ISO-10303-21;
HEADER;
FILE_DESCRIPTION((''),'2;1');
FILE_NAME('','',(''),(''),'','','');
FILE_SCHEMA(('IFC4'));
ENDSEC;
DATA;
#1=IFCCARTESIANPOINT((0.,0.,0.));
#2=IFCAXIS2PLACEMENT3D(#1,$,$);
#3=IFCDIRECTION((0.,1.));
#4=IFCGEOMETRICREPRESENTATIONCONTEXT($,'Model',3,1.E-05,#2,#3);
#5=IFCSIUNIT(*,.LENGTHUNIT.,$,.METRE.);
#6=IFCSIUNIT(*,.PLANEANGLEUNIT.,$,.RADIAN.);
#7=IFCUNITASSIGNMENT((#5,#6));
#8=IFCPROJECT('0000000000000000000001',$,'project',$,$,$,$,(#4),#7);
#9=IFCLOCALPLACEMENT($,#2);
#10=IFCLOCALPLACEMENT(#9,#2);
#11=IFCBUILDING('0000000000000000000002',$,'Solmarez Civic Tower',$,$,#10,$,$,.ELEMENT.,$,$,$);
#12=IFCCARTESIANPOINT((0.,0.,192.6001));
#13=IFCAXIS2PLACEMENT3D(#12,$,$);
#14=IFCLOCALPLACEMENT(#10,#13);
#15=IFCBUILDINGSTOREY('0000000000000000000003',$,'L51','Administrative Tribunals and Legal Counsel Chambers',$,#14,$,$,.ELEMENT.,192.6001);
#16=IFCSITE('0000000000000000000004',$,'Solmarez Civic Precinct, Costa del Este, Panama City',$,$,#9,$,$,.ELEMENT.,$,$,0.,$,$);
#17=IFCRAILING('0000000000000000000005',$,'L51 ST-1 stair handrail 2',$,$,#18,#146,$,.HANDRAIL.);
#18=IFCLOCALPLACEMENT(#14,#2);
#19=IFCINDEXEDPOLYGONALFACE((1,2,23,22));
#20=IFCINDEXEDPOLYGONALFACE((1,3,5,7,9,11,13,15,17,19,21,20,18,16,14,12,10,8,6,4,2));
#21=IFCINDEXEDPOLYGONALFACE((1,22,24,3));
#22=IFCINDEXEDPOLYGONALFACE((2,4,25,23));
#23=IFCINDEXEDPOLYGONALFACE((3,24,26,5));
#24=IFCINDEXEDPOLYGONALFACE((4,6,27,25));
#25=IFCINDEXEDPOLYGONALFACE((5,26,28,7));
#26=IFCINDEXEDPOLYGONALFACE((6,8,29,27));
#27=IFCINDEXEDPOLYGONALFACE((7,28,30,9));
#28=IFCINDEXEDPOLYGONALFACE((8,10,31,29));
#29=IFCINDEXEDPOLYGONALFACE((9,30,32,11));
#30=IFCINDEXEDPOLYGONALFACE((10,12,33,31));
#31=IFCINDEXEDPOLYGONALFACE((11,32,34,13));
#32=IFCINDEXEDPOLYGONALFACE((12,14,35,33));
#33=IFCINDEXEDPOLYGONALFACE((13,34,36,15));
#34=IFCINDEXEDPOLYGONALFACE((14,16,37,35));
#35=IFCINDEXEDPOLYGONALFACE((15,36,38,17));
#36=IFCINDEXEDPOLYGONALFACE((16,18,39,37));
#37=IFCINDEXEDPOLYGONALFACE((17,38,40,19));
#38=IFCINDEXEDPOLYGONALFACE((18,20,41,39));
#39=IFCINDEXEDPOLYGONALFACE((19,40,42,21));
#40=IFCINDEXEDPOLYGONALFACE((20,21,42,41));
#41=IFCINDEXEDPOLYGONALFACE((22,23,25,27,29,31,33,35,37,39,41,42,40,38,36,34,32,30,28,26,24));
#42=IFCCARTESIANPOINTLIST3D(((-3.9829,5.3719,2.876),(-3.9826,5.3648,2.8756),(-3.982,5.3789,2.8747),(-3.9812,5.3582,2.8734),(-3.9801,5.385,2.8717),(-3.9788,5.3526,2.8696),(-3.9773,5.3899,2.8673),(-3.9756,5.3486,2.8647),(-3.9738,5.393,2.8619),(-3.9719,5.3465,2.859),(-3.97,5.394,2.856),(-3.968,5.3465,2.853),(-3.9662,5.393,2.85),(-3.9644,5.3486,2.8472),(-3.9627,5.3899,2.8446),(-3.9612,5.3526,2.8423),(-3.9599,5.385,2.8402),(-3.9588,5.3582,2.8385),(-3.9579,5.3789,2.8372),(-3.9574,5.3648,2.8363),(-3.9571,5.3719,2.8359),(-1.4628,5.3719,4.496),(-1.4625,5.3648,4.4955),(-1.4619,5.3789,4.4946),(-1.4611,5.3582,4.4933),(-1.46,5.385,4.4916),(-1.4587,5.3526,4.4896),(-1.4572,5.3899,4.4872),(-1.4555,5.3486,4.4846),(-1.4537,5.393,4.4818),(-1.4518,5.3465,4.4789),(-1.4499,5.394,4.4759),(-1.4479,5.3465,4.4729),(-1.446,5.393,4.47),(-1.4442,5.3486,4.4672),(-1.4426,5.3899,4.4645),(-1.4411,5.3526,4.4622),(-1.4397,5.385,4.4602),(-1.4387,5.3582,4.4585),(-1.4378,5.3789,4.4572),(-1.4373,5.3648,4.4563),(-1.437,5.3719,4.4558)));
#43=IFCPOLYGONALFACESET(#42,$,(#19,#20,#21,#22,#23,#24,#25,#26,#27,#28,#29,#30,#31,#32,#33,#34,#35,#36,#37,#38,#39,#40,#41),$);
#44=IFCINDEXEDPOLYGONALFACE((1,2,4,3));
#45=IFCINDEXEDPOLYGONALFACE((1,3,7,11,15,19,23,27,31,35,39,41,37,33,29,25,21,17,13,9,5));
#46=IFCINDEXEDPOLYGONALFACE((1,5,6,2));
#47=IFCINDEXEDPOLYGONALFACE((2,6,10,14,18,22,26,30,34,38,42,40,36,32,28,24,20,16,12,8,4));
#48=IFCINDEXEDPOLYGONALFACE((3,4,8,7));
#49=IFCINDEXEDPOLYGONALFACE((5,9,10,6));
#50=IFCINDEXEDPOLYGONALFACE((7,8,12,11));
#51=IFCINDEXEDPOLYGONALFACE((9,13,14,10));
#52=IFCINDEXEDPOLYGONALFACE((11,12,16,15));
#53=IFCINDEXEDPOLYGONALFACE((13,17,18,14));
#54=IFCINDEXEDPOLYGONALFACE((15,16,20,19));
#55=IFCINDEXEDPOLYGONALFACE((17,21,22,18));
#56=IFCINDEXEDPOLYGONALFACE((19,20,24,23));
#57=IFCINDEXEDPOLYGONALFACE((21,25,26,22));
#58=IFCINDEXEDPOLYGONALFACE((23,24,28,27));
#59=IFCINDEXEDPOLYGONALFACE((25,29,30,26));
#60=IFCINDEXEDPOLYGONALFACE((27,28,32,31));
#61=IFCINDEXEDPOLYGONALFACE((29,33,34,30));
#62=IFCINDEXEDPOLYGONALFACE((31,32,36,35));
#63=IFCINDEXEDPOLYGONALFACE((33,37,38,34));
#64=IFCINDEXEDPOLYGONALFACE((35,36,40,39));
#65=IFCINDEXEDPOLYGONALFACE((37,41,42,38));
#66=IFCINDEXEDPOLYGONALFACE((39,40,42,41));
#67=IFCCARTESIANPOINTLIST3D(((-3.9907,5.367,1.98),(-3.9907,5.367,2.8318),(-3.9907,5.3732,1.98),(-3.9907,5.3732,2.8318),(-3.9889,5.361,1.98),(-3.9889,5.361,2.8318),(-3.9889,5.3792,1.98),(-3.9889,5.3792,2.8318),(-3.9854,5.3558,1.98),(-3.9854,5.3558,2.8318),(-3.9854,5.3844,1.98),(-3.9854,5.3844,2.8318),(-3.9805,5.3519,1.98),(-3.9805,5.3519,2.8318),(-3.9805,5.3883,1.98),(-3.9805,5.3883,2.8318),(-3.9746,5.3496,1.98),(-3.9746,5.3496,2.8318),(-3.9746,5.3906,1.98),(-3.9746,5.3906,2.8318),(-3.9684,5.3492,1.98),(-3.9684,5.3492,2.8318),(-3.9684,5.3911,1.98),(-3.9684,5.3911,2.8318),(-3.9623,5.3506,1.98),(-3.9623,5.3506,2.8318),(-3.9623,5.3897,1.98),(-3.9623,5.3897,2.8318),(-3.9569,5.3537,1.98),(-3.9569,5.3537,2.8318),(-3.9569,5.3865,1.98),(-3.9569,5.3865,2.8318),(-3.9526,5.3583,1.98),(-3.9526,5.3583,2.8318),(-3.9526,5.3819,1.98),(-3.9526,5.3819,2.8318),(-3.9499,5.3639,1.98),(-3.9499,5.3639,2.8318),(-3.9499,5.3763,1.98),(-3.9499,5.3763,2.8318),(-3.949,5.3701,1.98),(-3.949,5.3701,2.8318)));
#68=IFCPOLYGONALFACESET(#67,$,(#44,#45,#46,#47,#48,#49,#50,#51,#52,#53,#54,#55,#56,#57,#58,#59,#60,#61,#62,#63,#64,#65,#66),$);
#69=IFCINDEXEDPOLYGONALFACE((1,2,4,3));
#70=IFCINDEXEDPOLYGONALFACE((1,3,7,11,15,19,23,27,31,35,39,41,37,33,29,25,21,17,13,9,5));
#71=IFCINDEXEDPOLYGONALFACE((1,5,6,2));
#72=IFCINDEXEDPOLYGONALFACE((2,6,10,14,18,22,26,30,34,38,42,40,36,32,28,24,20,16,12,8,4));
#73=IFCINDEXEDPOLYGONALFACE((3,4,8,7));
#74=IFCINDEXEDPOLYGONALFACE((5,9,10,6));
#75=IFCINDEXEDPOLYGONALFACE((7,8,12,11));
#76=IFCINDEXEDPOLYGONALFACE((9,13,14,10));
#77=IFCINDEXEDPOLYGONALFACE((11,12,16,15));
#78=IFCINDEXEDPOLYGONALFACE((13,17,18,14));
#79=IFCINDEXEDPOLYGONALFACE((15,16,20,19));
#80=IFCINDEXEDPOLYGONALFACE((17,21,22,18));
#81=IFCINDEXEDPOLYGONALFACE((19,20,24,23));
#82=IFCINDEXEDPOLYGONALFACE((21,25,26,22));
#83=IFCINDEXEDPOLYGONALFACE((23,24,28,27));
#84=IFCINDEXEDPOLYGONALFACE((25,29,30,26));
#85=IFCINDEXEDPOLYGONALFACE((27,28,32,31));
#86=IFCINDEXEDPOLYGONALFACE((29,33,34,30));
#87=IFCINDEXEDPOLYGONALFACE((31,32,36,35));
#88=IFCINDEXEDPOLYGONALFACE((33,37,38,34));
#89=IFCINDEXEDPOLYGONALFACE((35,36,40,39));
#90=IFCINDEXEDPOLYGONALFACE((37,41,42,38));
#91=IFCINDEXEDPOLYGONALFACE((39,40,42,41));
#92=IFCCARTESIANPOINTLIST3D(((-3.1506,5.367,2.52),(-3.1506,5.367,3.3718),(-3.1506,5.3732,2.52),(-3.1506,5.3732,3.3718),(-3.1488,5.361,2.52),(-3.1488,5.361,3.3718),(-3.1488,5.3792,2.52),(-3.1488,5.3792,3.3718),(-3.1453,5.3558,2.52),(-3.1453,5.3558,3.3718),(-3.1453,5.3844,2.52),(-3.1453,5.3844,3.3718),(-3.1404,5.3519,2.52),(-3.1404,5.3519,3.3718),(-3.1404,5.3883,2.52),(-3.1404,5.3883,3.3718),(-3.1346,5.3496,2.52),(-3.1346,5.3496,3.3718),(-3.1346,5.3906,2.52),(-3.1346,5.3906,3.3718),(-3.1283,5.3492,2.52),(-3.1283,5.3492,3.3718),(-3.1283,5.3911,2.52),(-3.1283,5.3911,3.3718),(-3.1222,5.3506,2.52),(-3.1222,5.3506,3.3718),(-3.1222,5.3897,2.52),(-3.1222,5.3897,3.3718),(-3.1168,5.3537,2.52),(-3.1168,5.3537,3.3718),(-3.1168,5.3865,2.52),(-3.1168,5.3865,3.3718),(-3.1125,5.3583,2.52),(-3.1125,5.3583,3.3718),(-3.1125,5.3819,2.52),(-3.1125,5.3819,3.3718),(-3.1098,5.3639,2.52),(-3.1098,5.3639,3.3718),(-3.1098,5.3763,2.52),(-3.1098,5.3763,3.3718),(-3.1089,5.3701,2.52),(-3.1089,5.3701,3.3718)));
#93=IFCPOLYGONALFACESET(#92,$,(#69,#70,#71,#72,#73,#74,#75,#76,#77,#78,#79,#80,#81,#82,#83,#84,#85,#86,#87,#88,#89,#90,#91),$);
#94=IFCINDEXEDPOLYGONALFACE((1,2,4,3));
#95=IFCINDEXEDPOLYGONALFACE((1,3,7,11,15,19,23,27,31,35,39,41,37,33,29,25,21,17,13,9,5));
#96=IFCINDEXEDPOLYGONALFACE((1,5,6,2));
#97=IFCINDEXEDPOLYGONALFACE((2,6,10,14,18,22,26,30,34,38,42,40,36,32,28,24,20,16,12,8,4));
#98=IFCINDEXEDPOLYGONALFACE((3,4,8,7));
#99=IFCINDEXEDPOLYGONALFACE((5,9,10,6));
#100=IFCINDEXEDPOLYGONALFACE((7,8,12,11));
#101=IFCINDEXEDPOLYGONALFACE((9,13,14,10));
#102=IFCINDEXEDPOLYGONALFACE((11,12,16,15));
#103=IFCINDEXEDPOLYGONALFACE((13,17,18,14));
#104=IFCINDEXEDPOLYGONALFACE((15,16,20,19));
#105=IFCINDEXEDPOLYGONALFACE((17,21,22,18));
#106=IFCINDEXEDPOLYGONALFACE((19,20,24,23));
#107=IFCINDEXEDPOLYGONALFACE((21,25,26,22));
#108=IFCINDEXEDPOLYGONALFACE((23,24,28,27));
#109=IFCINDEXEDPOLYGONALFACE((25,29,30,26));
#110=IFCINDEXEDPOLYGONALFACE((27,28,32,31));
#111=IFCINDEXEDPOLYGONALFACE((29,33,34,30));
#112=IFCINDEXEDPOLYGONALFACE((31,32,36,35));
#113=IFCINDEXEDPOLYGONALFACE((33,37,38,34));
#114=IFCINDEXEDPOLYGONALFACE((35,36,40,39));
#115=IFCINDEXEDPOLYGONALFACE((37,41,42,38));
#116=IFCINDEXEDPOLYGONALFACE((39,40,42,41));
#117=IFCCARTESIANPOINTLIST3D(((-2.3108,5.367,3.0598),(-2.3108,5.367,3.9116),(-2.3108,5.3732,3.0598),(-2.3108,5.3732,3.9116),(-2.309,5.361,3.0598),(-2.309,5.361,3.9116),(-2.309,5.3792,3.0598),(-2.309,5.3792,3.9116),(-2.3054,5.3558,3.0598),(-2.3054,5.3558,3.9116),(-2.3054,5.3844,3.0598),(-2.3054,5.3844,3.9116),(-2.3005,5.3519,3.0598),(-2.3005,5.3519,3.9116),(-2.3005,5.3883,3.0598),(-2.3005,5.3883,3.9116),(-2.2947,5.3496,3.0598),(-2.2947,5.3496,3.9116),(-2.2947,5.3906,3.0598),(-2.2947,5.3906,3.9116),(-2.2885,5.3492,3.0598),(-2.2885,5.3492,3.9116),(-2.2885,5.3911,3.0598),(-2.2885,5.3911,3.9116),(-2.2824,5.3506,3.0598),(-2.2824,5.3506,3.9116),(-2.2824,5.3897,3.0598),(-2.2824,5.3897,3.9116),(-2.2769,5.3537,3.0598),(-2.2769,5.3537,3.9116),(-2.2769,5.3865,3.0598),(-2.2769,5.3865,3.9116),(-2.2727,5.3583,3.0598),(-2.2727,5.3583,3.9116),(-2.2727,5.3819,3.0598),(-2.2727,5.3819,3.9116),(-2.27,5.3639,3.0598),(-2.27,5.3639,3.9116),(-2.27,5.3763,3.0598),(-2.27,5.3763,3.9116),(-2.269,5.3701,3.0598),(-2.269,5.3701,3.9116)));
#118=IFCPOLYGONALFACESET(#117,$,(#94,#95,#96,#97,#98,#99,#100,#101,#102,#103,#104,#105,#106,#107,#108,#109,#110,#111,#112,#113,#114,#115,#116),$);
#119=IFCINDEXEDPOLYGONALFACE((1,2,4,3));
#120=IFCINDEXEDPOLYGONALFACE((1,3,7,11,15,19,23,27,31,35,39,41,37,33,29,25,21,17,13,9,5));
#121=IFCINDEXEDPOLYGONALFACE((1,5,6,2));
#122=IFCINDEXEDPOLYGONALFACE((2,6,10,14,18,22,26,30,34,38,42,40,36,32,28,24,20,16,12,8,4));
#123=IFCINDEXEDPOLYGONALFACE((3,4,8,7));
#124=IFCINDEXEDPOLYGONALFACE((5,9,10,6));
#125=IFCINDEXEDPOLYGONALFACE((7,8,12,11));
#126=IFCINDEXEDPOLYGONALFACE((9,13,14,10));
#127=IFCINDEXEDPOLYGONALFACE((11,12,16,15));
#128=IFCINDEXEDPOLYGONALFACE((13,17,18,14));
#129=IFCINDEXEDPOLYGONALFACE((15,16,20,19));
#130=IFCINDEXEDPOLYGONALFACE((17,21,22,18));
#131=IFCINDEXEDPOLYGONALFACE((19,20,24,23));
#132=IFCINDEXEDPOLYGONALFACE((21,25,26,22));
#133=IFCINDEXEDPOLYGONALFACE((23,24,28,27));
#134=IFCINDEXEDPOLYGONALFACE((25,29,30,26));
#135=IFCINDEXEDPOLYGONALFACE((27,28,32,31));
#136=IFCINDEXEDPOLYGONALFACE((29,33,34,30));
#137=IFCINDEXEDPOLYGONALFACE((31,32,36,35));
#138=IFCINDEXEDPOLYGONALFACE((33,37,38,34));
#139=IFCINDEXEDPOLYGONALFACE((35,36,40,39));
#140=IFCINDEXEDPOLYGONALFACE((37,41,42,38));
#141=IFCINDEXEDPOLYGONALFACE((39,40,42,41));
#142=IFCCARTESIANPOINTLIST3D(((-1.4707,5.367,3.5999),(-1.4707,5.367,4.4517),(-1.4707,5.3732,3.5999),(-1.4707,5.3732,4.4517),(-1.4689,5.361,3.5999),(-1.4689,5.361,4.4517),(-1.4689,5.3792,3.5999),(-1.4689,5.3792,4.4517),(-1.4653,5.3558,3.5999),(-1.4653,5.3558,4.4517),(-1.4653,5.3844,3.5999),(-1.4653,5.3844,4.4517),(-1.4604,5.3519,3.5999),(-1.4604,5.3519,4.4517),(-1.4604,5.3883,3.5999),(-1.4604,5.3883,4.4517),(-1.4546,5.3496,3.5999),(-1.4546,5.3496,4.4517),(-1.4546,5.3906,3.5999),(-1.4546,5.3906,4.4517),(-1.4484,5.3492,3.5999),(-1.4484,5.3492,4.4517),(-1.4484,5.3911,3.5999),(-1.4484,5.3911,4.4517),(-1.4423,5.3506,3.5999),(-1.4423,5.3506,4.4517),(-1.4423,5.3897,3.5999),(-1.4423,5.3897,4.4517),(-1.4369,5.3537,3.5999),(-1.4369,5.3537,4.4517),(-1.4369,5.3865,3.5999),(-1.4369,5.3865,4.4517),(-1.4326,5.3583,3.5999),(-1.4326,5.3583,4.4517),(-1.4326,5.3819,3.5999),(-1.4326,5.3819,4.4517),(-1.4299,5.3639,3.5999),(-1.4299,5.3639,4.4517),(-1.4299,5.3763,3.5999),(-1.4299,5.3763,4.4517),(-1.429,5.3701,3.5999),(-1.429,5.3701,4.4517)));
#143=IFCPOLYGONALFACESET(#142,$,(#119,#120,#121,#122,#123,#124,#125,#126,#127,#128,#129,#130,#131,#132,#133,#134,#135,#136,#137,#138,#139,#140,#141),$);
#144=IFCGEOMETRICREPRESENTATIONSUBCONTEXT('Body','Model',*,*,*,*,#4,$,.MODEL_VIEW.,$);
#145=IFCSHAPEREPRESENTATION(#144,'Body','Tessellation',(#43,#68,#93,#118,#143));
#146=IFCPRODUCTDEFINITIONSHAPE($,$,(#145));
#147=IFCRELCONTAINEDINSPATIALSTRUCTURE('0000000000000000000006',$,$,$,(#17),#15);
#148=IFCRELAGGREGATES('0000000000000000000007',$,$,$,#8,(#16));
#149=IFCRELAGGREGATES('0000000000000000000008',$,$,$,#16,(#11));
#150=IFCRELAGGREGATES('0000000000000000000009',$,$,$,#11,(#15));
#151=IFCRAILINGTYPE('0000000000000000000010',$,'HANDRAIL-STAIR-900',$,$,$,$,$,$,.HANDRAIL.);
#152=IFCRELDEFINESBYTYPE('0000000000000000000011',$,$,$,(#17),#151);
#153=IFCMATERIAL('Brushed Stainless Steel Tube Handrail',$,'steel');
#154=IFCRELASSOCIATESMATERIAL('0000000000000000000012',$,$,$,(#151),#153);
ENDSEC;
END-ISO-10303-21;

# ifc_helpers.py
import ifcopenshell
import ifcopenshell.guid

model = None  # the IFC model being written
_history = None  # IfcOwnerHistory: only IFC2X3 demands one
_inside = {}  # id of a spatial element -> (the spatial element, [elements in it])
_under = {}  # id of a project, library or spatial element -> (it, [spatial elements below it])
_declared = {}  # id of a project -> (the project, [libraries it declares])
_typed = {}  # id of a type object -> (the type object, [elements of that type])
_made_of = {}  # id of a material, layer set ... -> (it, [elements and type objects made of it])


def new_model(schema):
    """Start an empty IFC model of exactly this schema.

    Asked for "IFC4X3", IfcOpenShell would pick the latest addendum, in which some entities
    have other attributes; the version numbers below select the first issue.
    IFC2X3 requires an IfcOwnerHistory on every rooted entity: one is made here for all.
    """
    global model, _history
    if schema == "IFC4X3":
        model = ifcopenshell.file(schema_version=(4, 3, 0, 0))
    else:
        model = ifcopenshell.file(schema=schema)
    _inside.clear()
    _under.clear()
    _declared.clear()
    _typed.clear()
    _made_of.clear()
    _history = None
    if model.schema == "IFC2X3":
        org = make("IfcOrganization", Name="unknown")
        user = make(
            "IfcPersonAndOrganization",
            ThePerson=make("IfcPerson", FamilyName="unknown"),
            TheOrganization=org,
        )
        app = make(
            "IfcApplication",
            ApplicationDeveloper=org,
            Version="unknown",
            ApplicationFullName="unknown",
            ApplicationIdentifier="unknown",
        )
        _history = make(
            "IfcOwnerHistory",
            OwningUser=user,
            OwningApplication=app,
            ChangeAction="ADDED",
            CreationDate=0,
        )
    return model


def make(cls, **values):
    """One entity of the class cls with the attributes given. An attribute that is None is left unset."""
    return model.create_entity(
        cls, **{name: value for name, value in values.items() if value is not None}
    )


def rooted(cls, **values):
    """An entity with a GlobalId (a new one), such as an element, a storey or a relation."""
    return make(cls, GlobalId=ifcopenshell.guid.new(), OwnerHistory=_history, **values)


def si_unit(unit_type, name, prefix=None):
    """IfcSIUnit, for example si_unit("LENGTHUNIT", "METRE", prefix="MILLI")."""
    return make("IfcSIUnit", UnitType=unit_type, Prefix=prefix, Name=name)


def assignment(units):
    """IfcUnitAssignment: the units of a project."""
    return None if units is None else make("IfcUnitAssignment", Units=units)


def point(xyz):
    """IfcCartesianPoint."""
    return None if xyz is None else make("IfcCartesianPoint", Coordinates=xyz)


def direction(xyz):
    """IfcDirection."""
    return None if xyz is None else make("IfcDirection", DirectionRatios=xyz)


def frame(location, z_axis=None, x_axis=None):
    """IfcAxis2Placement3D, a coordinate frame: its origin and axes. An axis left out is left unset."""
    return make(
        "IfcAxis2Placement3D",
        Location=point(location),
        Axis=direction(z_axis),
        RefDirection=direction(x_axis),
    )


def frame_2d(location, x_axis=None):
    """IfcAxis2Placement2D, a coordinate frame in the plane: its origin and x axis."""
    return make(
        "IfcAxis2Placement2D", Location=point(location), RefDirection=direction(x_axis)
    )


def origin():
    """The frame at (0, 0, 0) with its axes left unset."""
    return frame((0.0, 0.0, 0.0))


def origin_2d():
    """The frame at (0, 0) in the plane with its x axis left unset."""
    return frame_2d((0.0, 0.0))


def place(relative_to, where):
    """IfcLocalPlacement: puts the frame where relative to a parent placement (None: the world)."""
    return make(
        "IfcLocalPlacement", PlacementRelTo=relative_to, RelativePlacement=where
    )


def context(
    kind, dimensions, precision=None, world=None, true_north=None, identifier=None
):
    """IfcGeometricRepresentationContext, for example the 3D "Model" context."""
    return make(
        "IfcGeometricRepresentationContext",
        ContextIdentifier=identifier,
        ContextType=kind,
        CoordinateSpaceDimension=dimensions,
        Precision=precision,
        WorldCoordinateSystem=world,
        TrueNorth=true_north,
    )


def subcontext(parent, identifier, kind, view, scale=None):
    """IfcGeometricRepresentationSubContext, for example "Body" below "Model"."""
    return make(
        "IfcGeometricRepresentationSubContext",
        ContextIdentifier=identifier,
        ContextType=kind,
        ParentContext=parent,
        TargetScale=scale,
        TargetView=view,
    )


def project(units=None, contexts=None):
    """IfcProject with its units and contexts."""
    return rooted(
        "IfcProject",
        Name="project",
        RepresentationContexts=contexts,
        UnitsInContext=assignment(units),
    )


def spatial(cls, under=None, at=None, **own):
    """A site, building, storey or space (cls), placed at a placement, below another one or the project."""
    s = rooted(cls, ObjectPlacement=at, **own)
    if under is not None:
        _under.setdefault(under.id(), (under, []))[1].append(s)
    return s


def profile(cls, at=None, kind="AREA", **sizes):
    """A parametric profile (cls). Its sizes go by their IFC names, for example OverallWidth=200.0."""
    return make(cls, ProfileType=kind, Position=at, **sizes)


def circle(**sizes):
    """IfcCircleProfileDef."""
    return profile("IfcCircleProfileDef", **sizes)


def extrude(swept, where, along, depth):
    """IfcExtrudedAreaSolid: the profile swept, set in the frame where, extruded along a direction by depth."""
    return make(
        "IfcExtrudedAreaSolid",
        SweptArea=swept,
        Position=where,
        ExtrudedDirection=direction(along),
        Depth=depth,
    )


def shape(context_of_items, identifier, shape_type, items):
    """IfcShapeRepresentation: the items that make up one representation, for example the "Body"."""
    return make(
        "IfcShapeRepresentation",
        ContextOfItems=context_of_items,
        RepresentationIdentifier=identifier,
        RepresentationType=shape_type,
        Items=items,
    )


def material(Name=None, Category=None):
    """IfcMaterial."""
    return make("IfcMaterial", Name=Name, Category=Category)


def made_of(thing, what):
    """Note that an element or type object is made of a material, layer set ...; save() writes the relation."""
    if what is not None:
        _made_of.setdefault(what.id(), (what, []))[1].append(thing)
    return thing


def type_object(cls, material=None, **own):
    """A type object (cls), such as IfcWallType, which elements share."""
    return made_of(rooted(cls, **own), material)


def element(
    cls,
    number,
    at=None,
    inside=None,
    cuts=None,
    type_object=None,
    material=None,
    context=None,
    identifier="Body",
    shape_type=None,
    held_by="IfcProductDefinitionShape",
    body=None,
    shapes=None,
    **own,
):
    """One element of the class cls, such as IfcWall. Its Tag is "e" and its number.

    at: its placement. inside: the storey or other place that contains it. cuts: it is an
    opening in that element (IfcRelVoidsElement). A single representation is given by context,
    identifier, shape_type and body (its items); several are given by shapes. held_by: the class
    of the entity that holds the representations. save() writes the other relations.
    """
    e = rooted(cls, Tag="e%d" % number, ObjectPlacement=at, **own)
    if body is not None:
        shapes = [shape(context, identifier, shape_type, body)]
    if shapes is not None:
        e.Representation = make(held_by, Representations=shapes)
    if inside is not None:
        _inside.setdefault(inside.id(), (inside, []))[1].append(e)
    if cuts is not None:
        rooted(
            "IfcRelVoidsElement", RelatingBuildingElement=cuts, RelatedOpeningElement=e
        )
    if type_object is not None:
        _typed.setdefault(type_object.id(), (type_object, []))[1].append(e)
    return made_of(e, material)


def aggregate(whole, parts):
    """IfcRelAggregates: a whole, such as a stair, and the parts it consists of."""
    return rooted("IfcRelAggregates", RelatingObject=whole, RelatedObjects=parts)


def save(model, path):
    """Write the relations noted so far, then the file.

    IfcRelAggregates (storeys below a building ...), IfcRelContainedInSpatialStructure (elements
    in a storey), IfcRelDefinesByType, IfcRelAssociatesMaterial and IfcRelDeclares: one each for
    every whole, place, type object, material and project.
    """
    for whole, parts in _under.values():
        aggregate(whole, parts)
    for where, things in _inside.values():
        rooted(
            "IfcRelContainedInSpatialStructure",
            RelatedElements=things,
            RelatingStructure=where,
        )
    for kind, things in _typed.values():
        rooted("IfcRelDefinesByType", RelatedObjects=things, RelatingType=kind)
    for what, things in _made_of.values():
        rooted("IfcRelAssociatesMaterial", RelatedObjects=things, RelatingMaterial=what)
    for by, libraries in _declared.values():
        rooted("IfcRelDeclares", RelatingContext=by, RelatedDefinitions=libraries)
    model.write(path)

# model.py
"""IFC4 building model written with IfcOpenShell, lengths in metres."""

from ifc_helpers import new_model, si_unit, direction, frame, origin, origin_2d, place, context, subcontext, project, spatial, circle, extrude, material, type_object, element, save


model = new_model("IFC4")

# Units and contexts
model_context = context("Model", 3, precision=1e-05, world=origin(), true_north=direction((0.0, 1.0)))
body_context = subcontext(model_context, "Body", "Model", "MODEL_VIEW")
ifc_project = project(units=[si_unit("LENGTHUNIT", "METRE"), si_unit("PLANEANGLEUNIT", "RADIAN")], contexts=[model_context])

# Site, building, storey
site_placement = place(None, origin())
site = spatial("IfcSite", under=ifc_project, at=site_placement, Name="Solmarez Civic Precinct, Costa del Este, Panama City", CompositionType="ELEMENT", RefElevation=0.0)
building_placement = place(site_placement, origin())
building = spatial("IfcBuilding", under=site, at=building_placement, Name="Solmarez Civic Tower", CompositionType="ELEMENT")
storey_placement = place(building_placement, frame((0.0, 0.0, 192.6001)))
storey = spatial("IfcBuildingStorey", under=building, at=storey_placement, Name="L51", Description="Administrative Tribunals and Legal Counsel Chambers", CompositionType="ELEMENT", Elevation=192.6001)

# Railing
ifc_material_1 = material(Name="Brushed Stainless Steel Tube Handrail", Category="steel")
railing_type = type_object("IfcRailingType", Name="HANDRAIL-STAIR-900", PredefinedType="HANDRAIL", material=ifc_material_1)
railing_placement = place(storey_placement, frame((-3.97, 5.3701, 1.98)))
element("IfcRailing", 1, at=railing_placement, inside=storey, type_object=railing_type, Name="L51 ST-1 stair handrail 2", PredefinedType="HANDRAIL", context=body_context, shape_type="SweptSolid", body=[
    extrude(circle(Radius=0.0239, at=origin_2d()), frame((0.0, 0.0, 0.876), z_axis=(0.8412, 0.0, 0.540725), x_axis=(0.0, 1.0, 0.0)), (0.0, 0.0, 1.0), 2.9958),
    extrude(circle(Radius=0.021, at=origin_2d()), origin(), (0.0, 0.0, 1.0), 0.8518),
    extrude(circle(Radius=0.021, at=origin_2d()), frame((0.8401, 0.0, 0.54)), (0.0, 0.0, 1.0), 0.8518),
    extrude(circle(Radius=0.021, at=origin_2d()), frame((1.6799, 0.0, 1.0798)), (0.0, 0.0, 1.0), 0.8518),
    extrude(circle(Radius=0.021, at=origin_2d()), frame((2.52, 0.0, 1.6199)), (0.0, 0.0, 1.0), 0.8518),
])

save(model, "model.ifc")
